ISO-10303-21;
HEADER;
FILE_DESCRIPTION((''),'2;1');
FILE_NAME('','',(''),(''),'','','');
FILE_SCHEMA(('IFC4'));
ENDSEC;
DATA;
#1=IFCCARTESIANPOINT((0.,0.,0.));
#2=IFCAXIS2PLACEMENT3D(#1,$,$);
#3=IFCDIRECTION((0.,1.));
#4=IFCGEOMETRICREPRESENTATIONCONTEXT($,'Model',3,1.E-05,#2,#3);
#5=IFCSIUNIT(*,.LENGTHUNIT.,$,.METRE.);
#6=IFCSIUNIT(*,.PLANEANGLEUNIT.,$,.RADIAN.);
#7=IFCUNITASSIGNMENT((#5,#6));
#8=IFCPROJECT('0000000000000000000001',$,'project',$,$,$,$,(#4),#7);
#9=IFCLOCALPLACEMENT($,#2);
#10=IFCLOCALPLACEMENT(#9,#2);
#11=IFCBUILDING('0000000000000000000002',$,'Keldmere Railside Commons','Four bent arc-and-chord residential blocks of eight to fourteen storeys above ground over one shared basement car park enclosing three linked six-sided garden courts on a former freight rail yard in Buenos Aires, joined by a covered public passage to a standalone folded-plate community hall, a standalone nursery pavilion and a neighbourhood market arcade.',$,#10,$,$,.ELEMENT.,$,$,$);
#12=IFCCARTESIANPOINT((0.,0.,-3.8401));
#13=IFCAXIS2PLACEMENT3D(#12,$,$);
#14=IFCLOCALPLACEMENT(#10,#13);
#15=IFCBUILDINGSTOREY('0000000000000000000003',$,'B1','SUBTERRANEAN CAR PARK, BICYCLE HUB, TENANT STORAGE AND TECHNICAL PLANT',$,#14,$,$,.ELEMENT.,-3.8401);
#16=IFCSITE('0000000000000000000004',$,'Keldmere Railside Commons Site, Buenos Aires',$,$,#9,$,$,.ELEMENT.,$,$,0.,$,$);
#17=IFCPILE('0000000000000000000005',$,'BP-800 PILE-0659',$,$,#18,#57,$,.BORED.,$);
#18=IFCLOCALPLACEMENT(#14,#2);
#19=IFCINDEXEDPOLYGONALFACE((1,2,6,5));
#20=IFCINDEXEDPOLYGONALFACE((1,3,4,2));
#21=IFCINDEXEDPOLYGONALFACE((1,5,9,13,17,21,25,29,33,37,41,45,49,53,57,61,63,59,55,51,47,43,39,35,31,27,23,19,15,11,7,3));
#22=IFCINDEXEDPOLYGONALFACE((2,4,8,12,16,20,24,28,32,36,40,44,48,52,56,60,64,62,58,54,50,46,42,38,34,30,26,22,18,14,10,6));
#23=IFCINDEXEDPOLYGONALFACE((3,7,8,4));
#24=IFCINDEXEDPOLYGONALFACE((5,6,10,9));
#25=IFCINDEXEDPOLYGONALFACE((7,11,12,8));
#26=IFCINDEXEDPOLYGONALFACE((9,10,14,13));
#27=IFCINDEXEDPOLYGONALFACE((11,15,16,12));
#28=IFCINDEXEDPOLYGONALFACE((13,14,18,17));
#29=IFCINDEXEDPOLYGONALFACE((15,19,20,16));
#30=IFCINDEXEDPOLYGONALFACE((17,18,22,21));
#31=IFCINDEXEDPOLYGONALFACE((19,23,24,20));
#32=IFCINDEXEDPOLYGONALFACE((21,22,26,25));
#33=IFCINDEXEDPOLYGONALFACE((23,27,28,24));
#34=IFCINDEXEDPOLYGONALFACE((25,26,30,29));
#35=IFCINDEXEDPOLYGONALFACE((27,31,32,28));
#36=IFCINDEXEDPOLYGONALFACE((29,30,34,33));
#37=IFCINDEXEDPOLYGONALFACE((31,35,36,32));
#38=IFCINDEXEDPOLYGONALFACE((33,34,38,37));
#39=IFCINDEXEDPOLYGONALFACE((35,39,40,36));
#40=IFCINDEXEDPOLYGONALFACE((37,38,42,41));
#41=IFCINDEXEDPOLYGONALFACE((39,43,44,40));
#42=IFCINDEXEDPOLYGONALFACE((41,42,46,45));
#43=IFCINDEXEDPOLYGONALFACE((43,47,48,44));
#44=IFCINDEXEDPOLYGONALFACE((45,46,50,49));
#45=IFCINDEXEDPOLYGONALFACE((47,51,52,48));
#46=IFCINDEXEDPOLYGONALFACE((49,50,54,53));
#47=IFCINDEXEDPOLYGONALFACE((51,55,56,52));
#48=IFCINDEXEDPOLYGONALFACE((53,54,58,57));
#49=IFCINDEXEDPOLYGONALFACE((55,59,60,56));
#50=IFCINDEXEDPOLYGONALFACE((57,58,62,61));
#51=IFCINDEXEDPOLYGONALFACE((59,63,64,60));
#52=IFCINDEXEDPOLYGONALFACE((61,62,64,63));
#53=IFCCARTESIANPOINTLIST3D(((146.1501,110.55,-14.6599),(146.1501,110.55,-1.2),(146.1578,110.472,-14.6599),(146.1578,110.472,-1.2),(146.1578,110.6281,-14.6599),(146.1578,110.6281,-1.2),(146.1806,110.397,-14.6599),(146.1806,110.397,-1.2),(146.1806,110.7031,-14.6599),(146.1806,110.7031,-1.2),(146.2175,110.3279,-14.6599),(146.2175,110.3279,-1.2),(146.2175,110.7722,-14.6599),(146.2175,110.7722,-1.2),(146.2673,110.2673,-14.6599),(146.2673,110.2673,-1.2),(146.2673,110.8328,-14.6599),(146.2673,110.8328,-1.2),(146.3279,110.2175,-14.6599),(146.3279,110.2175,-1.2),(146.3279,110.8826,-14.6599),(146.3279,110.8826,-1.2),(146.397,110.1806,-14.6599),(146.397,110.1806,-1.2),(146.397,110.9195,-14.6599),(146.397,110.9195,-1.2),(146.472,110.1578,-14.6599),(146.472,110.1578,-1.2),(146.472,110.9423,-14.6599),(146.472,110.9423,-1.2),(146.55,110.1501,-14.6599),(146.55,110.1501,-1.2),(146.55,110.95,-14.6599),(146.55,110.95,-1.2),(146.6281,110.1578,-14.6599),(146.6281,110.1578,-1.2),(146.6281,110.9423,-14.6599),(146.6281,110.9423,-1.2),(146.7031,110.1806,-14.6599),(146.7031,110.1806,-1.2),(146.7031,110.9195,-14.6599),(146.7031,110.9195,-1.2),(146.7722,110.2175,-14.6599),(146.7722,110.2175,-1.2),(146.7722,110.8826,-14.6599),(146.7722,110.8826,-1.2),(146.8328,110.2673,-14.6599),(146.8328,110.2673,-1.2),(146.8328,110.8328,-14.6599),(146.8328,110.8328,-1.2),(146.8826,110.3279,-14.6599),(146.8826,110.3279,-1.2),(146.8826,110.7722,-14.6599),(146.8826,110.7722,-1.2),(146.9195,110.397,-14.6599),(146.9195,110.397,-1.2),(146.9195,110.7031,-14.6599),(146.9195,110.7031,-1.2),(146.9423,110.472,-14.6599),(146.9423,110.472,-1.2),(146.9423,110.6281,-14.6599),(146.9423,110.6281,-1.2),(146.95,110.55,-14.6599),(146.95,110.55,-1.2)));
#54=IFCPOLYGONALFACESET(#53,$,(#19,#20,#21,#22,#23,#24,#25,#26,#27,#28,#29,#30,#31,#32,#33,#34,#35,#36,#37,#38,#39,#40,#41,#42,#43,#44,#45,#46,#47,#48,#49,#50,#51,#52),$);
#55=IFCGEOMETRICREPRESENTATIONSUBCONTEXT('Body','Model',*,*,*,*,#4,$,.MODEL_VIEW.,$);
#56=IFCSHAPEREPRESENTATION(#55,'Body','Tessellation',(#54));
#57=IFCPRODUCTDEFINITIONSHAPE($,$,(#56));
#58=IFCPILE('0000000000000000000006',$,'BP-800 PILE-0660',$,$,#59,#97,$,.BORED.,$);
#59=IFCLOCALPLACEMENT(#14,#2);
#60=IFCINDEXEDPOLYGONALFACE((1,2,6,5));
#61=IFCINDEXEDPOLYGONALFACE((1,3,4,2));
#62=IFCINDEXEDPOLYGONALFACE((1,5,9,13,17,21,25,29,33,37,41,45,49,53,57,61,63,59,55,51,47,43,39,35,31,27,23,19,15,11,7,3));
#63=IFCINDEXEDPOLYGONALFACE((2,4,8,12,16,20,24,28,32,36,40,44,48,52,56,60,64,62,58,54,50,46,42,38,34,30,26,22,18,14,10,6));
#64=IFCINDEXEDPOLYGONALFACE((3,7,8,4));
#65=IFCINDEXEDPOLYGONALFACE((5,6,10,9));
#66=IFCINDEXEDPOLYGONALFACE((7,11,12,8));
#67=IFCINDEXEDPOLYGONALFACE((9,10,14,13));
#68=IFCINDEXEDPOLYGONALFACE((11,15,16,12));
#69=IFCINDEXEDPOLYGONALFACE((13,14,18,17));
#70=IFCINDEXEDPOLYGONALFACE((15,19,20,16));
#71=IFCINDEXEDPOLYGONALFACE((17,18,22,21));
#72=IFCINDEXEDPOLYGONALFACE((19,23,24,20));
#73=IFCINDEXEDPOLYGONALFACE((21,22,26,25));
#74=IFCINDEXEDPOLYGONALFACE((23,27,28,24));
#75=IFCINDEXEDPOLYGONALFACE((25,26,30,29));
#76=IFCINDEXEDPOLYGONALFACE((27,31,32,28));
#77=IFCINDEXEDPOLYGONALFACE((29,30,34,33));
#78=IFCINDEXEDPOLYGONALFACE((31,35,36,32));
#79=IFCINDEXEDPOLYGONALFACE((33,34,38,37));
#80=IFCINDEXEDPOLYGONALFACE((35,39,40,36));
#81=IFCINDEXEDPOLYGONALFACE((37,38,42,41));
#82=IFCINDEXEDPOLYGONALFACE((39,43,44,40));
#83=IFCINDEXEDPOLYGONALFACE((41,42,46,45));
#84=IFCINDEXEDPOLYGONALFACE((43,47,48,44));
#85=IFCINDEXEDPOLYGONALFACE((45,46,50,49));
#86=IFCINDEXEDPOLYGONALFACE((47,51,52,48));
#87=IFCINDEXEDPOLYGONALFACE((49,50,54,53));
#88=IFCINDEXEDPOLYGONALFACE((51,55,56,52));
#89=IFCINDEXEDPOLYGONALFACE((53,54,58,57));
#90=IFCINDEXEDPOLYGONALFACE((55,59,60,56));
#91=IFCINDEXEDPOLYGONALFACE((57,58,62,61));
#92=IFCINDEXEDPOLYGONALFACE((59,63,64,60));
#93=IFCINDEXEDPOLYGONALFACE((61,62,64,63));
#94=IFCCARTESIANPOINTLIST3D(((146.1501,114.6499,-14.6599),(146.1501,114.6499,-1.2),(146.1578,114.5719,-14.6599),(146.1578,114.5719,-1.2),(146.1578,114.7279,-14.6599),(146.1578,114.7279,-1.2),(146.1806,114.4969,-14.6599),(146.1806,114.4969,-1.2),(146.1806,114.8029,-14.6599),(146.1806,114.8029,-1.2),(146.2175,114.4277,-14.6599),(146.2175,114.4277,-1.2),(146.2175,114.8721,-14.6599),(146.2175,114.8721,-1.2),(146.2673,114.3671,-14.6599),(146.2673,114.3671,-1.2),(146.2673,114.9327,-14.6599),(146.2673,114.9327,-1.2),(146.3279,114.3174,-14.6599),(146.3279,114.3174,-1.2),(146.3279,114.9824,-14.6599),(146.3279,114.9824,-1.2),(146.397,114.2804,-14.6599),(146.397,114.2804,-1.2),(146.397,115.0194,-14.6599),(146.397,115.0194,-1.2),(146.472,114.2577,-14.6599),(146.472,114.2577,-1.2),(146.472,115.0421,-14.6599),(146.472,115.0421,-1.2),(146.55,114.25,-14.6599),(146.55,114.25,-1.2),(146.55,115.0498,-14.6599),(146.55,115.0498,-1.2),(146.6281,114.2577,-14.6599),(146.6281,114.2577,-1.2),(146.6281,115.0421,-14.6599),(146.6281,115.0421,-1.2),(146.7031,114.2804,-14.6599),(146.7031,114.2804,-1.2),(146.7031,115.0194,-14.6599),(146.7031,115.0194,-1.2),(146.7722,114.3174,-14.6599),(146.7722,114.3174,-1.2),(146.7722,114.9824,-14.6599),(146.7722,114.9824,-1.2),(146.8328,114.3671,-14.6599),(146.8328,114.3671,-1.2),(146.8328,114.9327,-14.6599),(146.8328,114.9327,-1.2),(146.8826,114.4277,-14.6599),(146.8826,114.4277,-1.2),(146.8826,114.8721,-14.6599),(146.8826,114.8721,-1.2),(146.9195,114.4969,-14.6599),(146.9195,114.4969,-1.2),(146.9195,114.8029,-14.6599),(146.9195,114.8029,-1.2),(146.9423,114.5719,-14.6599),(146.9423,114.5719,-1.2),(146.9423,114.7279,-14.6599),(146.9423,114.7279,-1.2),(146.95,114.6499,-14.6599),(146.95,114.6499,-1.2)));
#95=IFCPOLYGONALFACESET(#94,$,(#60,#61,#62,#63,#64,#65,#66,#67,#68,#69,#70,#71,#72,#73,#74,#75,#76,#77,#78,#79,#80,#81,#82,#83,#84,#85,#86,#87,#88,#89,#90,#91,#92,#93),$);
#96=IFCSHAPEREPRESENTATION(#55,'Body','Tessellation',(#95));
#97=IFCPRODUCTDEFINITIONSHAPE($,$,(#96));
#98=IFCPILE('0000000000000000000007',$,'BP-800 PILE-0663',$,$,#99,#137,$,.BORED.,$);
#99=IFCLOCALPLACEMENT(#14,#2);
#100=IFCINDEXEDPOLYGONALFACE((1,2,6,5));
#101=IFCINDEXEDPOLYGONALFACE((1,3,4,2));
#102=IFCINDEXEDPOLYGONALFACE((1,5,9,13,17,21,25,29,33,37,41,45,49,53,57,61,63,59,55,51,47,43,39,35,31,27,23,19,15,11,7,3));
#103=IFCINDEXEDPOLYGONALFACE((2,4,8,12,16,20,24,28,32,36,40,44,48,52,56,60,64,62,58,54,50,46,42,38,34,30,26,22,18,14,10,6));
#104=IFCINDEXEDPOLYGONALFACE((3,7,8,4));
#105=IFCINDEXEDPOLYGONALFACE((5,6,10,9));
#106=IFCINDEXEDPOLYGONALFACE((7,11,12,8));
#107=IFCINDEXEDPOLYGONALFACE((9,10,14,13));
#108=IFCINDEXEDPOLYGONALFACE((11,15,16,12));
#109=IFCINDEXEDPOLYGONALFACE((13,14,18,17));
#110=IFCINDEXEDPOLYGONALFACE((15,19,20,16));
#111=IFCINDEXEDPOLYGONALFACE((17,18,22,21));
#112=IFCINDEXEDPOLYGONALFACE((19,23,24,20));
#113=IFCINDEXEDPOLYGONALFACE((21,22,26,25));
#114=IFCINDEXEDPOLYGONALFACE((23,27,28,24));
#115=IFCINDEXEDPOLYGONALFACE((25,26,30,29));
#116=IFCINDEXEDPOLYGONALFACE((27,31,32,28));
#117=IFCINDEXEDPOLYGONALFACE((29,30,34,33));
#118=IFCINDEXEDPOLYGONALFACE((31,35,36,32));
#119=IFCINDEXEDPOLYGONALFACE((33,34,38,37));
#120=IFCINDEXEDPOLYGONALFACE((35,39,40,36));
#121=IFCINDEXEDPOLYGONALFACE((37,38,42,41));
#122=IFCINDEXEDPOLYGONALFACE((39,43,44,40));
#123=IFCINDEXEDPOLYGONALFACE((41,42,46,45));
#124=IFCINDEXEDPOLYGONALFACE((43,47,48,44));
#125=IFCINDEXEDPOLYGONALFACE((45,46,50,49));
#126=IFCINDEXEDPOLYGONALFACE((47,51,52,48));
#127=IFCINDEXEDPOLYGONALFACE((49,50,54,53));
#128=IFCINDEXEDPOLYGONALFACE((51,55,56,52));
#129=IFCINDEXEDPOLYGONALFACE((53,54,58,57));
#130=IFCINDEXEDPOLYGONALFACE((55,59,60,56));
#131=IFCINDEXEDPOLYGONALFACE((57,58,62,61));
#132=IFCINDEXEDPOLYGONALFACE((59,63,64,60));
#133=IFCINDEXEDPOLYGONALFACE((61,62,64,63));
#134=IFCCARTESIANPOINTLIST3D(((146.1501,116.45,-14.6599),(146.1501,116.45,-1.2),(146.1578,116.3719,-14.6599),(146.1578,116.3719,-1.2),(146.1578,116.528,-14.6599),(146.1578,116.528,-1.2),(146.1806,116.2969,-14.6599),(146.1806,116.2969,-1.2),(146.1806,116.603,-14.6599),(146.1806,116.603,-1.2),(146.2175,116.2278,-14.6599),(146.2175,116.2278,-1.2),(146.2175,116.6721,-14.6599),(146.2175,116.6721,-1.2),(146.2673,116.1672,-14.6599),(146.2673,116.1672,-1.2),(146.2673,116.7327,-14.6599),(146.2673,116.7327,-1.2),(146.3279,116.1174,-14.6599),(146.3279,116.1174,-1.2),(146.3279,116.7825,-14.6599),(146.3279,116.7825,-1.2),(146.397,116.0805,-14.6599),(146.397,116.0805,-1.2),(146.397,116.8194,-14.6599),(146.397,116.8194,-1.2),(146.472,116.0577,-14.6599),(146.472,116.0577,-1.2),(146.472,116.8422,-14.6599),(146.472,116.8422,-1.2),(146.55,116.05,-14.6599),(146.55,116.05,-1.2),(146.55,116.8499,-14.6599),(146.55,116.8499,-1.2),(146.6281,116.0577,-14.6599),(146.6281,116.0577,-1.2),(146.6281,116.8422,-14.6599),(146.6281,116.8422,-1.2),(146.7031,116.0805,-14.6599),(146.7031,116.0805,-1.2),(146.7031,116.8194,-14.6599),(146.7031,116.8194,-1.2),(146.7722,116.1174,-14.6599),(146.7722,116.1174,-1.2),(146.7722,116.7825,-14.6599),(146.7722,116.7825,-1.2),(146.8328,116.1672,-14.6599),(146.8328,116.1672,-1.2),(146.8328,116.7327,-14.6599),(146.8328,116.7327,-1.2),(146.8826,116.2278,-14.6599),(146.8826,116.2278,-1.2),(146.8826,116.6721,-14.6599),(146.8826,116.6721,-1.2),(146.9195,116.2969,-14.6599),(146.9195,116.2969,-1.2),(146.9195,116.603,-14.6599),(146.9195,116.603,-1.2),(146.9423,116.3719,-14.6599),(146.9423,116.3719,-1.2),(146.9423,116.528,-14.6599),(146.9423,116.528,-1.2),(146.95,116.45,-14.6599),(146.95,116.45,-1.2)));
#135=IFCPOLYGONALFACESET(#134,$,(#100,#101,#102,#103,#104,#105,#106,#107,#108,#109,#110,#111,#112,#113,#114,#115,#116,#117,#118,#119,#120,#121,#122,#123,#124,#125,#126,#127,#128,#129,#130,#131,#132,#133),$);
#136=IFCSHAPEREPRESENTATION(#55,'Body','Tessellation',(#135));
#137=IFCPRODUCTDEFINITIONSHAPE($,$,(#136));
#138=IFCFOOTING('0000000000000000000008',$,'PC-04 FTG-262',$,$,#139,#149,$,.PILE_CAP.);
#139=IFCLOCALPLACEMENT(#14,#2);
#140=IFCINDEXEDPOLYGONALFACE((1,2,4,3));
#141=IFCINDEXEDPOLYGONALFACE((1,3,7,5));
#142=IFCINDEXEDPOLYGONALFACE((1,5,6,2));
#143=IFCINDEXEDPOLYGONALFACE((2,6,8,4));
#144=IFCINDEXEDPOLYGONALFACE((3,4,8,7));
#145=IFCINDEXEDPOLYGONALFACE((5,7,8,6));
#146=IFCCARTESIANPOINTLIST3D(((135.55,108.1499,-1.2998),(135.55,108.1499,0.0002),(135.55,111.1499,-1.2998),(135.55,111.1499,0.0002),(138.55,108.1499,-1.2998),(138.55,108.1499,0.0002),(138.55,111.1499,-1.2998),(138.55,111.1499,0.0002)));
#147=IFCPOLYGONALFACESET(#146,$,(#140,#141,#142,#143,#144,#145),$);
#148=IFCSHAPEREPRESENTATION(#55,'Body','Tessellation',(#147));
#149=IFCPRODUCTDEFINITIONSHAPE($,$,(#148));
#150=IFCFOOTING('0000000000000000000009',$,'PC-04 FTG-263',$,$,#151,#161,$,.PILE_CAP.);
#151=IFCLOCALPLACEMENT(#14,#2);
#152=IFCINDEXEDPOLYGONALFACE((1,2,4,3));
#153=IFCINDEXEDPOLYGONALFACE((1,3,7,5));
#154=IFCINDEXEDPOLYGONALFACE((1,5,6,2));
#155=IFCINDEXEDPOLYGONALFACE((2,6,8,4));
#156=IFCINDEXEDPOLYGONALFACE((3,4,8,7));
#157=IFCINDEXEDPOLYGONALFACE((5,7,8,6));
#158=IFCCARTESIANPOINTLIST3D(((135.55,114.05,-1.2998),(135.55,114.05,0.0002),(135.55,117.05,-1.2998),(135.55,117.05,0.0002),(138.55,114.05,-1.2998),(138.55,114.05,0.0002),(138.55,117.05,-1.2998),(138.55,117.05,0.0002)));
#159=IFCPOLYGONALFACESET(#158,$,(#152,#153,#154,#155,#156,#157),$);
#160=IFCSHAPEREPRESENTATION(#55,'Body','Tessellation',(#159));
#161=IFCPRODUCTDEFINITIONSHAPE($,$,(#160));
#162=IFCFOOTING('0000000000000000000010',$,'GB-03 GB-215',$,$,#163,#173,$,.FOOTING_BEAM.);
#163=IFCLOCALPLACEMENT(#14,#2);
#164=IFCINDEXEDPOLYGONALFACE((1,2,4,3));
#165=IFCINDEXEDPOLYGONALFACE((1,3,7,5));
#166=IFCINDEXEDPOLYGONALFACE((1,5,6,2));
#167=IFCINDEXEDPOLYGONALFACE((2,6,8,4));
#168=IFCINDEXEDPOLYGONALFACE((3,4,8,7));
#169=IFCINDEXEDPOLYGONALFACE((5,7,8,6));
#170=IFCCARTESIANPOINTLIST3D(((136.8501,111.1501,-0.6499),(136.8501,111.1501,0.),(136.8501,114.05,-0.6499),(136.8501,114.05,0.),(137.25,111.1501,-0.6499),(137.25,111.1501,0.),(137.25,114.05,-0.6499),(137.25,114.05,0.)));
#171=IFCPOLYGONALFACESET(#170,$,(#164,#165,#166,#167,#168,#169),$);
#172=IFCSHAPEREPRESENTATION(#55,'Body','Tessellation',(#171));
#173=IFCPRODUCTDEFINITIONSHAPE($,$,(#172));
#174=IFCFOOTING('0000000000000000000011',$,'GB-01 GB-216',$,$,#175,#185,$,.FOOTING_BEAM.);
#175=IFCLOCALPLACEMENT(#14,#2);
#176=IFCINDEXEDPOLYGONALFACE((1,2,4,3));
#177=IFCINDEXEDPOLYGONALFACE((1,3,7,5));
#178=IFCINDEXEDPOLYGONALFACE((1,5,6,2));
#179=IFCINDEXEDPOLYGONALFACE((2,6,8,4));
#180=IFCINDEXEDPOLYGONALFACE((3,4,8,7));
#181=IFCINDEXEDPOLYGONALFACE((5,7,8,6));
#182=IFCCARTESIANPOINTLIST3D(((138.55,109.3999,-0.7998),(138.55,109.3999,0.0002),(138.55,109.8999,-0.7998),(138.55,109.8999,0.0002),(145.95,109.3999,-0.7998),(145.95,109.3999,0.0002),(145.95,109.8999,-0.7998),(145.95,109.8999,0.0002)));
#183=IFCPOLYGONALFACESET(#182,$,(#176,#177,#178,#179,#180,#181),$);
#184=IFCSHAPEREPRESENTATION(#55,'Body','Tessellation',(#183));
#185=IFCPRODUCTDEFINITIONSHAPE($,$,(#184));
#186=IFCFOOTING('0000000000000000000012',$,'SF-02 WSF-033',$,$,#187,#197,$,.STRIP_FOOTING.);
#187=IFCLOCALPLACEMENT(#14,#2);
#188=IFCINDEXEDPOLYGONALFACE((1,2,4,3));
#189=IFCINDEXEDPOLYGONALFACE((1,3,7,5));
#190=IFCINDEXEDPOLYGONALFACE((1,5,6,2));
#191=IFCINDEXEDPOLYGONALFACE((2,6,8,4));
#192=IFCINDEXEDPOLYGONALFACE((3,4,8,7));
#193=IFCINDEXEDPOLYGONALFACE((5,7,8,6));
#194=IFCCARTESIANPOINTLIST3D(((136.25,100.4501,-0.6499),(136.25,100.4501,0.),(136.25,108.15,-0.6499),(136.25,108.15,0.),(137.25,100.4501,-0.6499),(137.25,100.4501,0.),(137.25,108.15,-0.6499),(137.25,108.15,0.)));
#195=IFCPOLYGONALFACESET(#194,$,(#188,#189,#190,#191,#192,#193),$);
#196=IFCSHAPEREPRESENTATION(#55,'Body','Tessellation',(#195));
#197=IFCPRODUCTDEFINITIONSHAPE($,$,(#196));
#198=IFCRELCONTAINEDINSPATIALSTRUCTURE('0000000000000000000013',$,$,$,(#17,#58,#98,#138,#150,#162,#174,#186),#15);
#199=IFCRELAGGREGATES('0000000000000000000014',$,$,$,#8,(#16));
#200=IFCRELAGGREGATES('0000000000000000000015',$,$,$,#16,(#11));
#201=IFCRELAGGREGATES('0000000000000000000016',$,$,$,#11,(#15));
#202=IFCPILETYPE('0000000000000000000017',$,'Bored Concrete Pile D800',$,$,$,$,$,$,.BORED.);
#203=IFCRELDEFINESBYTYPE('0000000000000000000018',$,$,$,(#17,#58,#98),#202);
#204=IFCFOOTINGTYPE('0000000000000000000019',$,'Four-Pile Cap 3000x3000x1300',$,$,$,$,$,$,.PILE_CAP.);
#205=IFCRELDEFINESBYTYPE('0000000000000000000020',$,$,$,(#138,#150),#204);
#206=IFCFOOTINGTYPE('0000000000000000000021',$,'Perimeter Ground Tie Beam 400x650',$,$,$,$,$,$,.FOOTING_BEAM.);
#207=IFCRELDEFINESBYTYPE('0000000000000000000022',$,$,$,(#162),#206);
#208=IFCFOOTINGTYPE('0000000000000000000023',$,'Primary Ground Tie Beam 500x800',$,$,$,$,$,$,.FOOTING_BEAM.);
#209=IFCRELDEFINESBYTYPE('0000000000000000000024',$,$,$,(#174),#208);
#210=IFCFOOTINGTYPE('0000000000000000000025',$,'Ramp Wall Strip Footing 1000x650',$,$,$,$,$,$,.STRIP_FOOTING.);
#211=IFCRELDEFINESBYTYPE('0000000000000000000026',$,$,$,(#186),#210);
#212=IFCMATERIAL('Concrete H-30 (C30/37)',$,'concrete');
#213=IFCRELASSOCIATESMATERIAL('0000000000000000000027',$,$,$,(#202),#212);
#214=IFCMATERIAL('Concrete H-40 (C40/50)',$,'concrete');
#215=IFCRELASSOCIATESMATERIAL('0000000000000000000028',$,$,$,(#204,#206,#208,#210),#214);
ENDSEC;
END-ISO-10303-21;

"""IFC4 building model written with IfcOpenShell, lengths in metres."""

from ifc_helpers import new_model, si_unit, direction, frame, origin, origin_2d, place, context, subcontext, project, spatial, rectangle, circle, extrude, material, material_profile, profile_set, type_object, element, save


model = new_model("IFC4")

# Units and contexts
model_context = context("Model", 3, precision=1e-05, world=origin(), true_north=direction((0.0, 1.0)))
body_context = subcontext(model_context, "Body", "Model", "MODEL_VIEW")
ifc_project = project(units=[si_unit("LENGTHUNIT", "METRE"), si_unit("PLANEANGLEUNIT", "RADIAN")], contexts=[model_context])

# Site, building, storey
site_placement = place(None, origin())
site = spatial("IfcSite", under=ifc_project, at=site_placement, Name="Keldmere Railside Commons Site, Buenos Aires", CompositionType="ELEMENT", RefElevation=0.0)
building_placement = place(site_placement, origin())
building = spatial("IfcBuilding", under=site, at=building_placement, Name="Keldmere Railside Commons", Description="Four bent arc-and-chord residential blocks of eight to fourteen storeys above ground over one shared basement car park enclosing three linked six-sided garden courts on a former freight rail yard in Buenos Aires, joined by a covered public passage to a standalone folded-plate community hall, a standalone nursery pavilion and a neighbourhood market arcade.", CompositionType="ELEMENT")
storey_placement = place(building_placement, frame((0.0, 0.0, -3.8401)))
storey = spatial("IfcBuildingStorey", under=building, at=storey_placement, Name="B1", Description="SUBTERRANEAN CAR PARK, BICYCLE HUB, TENANT STORAGE AND TECHNICAL PLANT", CompositionType="ELEMENT", Elevation=-3.8401)

# Piles
ifc_material_1 = material(Name="Concrete H-30 (C30/37)", Category="concrete")
ifc_material_profile_1 = material_profile(ifc_material_1, circle(Radius=0.3999, at=origin_2d()), Name="PILE-D800")
ifc_profile_set_1 = profile_set([ifc_material_profile_1], Name="Concrete H-30 (C30/37)")
pile_type = type_object("IfcPileType", Name="Bored Concrete Pile D800", PredefinedType="BORED", material=ifc_profile_set_1)
for number, where, z_axis, x_axis, name in (
    (1, (146.55, 110.55, -1.2), (0.0, 0.0, -1.0), (1.0, 0.0, 0.0), "BP-800 PILE-0659"),
    (2, (146.55, 114.6499, -1.2), (0.0, 0.0, -1.0), (1.0, 0.0, 0.0), "BP-800 PILE-0660"),
    (3, (146.55, 116.45, -1.2), (0.0, 0.0, -1.0), (1.0, 0.0, 0.0), "BP-800 PILE-0663"),
):
    element("IfcPile", number, at=place(storey_placement, frame(where, z_axis=z_axis, x_axis=x_axis)), inside=storey, type_object=pile_type, Name=name, PredefinedType="BORED", context=body_context, shape_type="SweptSolid", body=[
        extrude(circle(Radius=0.3999, at=origin_2d()), origin(), (0.0, 0.0, 1.0), 13.46),
    ])

# Footings
ifc_material_2 = material(Name="Concrete H-40 (C40/50)", Category="concrete")
footing_type_1 = type_object("IfcFootingType", Name="Four-Pile Cap 3000x3000x1300", PredefinedType="PILE_CAP", material=ifc_material_2)
for number, where, z_axis, x_axis, name in (
    (4, (137.05, 109.6499, -1.2998), (0.0, 0.0, 1.0), (1.0, 0.0, 0.0), "PC-04 FTG-262"),
    (5, (137.05, 115.55, -1.2998), (0.0, 0.0, 1.0), (1.0, 0.0, 0.0), "PC-04 FTG-263"),
):
    element("IfcFooting", number, at=place(storey_placement, frame(where, z_axis=z_axis, x_axis=x_axis)), inside=storey, type_object=footing_type_1, Name=name, PredefinedType="PILE_CAP", context=body_context, shape_type="SweptSolid", body=[
        extrude(rectangle(XDim=3.0, YDim=3.0, at=origin_2d()), origin(), (0.0, 0.0, 1.0), 1.3),
    ])
footing_type_2 = type_object("IfcFootingType", Name="Perimeter Ground Tie Beam 400x650", PredefinedType="FOOTING_BEAM", material=ifc_material_2)
footing_1_placement = place(storey_placement, frame((137.05, 112.6001, -0.6499), z_axis=(0.0, 0.0, 1.0), x_axis=(0.0, 1.0, 0.0)))
element("IfcFooting", 6, at=footing_1_placement, inside=storey, type_object=footing_type_2, Name="GB-03 GB-215", PredefinedType="FOOTING_BEAM", context=body_context, shape_type="SweptSolid", body=[
    extrude(rectangle(XDim=2.8999, YDim=0.3999, at=origin_2d()), origin(), (0.0, 0.0, 1.0), 0.6499),
])
footing_type_3 = type_object("IfcFootingType", Name="Primary Ground Tie Beam 500x800", PredefinedType="FOOTING_BEAM", material=ifc_material_2)
footing_2_placement = place(storey_placement, frame((142.25, 109.6499, -0.7998), z_axis=(0.0, 0.0, 1.0), x_axis=(1.0, 0.0, 0.0)))
element("IfcFooting", 7, at=footing_2_placement, inside=storey, type_object=footing_type_3, Name="GB-01 GB-216", PredefinedType="FOOTING_BEAM", context=body_context, shape_type="SweptSolid", body=[
    extrude(rectangle(XDim=7.3999, YDim=0.5, at=origin_2d()), origin(), (0.0, 0.0, 1.0), 0.8),
])
footing_type_4 = type_object("IfcFootingType", Name="Ramp Wall Strip Footing 1000x650", PredefinedType="STRIP_FOOTING", material=ifc_material_2)
footing_3_placement = place(storey_placement, frame((136.75, 104.3, -0.6499), z_axis=(0.0, 0.0, 1.0), x_axis=(0.0, 1.0, 0.0)))
element("IfcFooting", 8, at=footing_3_placement, inside=storey, type_object=footing_type_4, Name="SF-02 WSF-033", PredefinedType="STRIP_FOOTING", context=body_context, shape_type="SweptSolid", body=[
    extrude(rectangle(XDim=7.7, YDim=1.0, at=origin_2d()), origin(), (0.0, 0.0, 1.0), 0.6499),
])

save(model, "model.ifc")
